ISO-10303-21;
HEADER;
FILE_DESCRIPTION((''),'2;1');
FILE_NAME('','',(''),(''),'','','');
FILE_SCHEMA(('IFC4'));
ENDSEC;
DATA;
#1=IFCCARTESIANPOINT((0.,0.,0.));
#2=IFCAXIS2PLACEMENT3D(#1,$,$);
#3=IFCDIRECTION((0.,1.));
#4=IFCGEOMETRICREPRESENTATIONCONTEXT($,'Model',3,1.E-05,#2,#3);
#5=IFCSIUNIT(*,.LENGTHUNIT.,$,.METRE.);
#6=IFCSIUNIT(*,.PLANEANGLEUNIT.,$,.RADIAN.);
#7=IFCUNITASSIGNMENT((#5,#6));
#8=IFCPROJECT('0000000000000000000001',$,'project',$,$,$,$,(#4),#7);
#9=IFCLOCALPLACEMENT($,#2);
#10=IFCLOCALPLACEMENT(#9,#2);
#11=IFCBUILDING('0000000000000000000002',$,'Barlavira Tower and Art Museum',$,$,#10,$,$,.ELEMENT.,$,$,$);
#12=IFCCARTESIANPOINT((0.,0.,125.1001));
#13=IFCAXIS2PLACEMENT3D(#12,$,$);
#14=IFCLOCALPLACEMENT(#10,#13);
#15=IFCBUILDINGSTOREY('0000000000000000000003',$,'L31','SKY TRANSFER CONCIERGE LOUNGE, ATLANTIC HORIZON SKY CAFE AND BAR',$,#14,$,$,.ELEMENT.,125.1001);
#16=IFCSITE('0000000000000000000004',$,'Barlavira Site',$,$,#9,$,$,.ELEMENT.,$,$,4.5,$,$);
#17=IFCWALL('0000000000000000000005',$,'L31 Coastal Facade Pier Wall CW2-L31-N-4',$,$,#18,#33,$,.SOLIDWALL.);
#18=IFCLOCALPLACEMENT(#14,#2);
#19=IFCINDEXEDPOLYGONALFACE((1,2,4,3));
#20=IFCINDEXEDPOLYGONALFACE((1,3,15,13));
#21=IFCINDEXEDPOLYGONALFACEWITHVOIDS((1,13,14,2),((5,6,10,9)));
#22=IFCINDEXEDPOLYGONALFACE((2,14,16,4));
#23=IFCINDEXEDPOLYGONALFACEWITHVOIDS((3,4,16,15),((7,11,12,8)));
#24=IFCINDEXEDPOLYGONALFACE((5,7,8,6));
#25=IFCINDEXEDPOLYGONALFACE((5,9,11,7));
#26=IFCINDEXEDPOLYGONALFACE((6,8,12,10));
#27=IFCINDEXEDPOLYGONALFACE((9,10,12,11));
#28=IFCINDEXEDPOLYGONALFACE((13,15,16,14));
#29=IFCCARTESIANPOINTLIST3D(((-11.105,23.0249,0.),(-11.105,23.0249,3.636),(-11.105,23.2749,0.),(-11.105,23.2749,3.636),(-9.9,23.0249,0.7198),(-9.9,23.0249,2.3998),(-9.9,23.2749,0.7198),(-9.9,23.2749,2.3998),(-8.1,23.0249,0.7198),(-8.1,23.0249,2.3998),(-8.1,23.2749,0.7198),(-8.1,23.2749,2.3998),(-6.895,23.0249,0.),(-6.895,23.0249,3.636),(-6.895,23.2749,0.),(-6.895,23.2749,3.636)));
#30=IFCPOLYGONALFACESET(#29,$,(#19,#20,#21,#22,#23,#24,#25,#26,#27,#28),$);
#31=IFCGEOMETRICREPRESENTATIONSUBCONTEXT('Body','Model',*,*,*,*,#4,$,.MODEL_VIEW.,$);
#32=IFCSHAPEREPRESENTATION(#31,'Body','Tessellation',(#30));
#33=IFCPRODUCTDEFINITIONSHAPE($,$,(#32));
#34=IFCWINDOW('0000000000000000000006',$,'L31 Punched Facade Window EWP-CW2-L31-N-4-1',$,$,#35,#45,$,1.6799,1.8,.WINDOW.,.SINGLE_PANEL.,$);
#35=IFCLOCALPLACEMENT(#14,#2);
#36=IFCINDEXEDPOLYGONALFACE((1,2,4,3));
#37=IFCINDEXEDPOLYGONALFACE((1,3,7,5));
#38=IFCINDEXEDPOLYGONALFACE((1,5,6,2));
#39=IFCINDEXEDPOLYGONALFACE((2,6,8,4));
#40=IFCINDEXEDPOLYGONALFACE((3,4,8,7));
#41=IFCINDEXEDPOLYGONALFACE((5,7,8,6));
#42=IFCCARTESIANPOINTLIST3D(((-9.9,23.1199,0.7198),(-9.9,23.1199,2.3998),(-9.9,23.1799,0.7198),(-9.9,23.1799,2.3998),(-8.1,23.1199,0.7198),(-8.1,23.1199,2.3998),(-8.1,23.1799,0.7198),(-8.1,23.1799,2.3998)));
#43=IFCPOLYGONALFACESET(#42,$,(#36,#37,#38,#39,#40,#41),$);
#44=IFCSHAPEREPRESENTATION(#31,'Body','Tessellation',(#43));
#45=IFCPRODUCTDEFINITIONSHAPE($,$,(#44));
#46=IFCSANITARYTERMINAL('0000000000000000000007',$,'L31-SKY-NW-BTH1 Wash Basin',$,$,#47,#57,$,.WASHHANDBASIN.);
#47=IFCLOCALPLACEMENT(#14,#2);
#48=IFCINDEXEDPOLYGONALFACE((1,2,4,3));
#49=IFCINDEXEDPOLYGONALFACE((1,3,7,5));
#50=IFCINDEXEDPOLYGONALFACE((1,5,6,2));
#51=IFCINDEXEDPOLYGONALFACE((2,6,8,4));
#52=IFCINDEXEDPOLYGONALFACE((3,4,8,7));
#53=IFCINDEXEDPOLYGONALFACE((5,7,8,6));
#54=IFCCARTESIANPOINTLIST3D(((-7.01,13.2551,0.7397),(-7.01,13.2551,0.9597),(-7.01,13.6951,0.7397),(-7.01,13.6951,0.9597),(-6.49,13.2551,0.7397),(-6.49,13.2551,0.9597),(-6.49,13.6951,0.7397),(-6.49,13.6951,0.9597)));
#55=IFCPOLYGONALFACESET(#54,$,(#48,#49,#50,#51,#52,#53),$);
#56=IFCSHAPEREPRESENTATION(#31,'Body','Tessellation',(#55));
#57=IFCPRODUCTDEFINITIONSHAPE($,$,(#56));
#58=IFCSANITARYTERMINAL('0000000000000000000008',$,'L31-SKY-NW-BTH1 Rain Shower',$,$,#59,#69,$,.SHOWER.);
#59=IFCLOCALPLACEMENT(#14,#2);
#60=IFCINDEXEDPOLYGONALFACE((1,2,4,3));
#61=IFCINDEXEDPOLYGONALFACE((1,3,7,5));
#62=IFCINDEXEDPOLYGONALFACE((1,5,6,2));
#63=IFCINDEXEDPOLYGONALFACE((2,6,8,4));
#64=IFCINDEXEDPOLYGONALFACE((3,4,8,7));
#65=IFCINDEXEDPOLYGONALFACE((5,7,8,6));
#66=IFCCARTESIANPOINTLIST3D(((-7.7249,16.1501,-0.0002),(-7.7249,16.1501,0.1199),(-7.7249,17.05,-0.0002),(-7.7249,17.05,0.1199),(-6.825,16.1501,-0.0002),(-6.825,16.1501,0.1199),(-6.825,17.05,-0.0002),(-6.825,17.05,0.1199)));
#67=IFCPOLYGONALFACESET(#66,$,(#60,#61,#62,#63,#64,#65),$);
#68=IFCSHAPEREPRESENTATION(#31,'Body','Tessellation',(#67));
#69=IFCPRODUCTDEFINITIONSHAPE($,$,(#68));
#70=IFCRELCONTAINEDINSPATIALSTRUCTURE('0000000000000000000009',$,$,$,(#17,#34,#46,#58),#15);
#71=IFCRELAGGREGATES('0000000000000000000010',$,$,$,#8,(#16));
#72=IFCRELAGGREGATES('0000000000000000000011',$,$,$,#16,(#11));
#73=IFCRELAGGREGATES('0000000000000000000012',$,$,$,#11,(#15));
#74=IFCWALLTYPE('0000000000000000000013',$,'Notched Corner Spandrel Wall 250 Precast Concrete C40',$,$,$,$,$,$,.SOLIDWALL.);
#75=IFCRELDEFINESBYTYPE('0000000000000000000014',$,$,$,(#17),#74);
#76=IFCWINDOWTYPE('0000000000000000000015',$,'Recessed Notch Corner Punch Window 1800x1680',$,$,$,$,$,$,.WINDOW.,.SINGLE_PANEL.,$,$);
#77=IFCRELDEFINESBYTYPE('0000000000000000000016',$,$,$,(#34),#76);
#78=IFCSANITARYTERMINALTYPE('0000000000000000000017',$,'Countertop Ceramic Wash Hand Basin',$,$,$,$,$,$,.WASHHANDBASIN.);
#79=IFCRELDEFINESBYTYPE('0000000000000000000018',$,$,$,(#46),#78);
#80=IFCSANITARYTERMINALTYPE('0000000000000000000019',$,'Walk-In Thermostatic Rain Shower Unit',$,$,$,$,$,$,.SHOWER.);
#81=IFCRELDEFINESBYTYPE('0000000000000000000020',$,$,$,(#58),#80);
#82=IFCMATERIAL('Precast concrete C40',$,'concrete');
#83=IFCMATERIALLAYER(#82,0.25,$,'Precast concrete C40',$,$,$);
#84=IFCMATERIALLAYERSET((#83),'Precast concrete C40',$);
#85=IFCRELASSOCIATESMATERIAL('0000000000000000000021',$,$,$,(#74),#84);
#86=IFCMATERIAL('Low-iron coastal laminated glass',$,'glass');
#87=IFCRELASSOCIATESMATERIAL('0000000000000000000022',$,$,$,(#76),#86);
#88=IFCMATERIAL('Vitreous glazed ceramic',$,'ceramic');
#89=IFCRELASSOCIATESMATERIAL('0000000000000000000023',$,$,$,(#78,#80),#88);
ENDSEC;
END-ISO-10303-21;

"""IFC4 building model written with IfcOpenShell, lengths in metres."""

from ifc_helpers import new_model, si_unit, direction, frame, frame_2d, origin, origin_2d, place, context, subcontext, project, spatial, rectangle, extrude, material, layer, layer_set, type_object, element, fill, save


model = new_model("IFC4")

# Units and contexts
model_context = context("Model", 3, precision=1e-05, world=origin(), true_north=direction((0.0, 1.0)))
body_context = subcontext(model_context, "Body", "Model", "MODEL_VIEW")
ifc_project = project(units=[si_unit("LENGTHUNIT", "METRE"), si_unit("PLANEANGLEUNIT", "RADIAN")], contexts=[model_context])

# Site, building, storey
site_placement = place(None, origin())
site = spatial("IfcSite", under=ifc_project, at=site_placement, Name="Barlavira Site", CompositionType="ELEMENT", RefElevation=4.5)
building_placement = place(site_placement, origin())
building = spatial("IfcBuilding", under=site, at=building_placement, Name="Barlavira Tower and Art Museum", CompositionType="ELEMENT")
storey_placement = place(building_placement, frame((0.0, 0.0, 125.1001)))
storey = spatial("IfcBuildingStorey", under=building, at=storey_placement, Name="L31", Description="SKY TRANSFER CONCIERGE LOUNGE, ATLANTIC HORIZON SKY CAFE AND BAR", CompositionType="ELEMENT", Elevation=125.1001)

# Shared definitions
ifc_material_1 = material(Name="Low-iron coastal laminated glass", Category="glass")

# Wall, opening, window
ifc_material_2 = material(Name="Precast concrete C40", Category="concrete")
ifc_layer_1 = layer(ifc_material_2, 0.25, Name="Precast concrete C40")
ifc_layer_set_1 = layer_set([ifc_layer_1], Name="Precast concrete C40")
wall_type_1 = type_object("IfcWallType", Name="Notched Corner Spandrel Wall 250 Precast Concrete C40", PredefinedType="SOLIDWALL", material=ifc_layer_set_1)
wall_1_placement = place(storey_placement, frame((-6.895, 23.1499, 0.0), z_axis=(0.0, 0.0, 1.0), x_axis=(-1.0, 0.0, 0.0)))
wall_1 = element("IfcWall", 1, at=wall_1_placement, inside=storey, type_object=wall_type_1, Name="L31 Coastal Facade Pier Wall CW2-L31-N-4", PredefinedType="SOLIDWALL", context=body_context, shape_type="SweptSolid", body=[
    extrude(rectangle(XDim=4.21, YDim=0.25, at=frame_2d((2.105, 0.0))), origin(), (0.0, 0.0, 1.0), 3.636),
])
opening_1_placement = place(wall_1_placement, frame((1.2051, 0.0, 0.72)))
opening_1 = element("IfcOpeningElement", 2, at=opening_1_placement, cuts=wall_1, PredefinedType="OPENING", context=body_context, shape_type="SweptSolid", body=[
    extrude(rectangle(XDim=1.8, YDim=1.6799, at=frame_2d((0.8999, 0.8398))), frame((0.0, 0.135, 0.0), z_axis=(0.0, -1.0, 0.0), x_axis=(1.0, 0.0, 0.0)), (0.0, 0.0, 1.0), 0.27),
])
window_type = type_object("IfcWindowType", Name="Recessed Notch Corner Punch Window 1800x1680", PartitioningType="SINGLE_PANEL", PredefinedType="WINDOW", material=ifc_material_1)
window_placement = place(opening_1_placement, origin())
window = element("IfcWindow", 3, at=window_placement, inside=storey, type_object=window_type, Name="L31 Punched Facade Window EWP-CW2-L31-N-4-1", OverallHeight=1.6799, OverallWidth=1.8, PartitioningType="SINGLE_PANEL", PredefinedType="WINDOW", context=body_context, shape_type="SweptSolid", body=[
    extrude(rectangle(XDim=1.8, YDim=1.6799, at=frame_2d((0.8999, 0.8398))), frame((0.0, 0.03, 0.0), z_axis=(0.0, -1.0, 0.0), x_axis=(1.0, 0.0, 0.0)), (0.0, 0.0, 1.0), 0.0601),
])
fill(opening_1, window)

# Sanitary terminals
ifc_material_3 = material(Name="Vitreous glazed ceramic", Category="ceramic")
sanitary_terminal_type_1 = type_object("IfcSanitaryTerminalType", Name="Countertop Ceramic Wash Hand Basin", PredefinedType="WASHHANDBASIN", material=ifc_material_3)
sanitary_terminal_1_placement = place(storey_placement, frame((-6.75, 13.4751, 0.7397), z_axis=(0.0, 0.0, 1.0), x_axis=(1.0, 0.0, 0.0)))
element("IfcSanitaryTerminal", 4, at=sanitary_terminal_1_placement, inside=storey, type_object=sanitary_terminal_type_1, Name="L31-SKY-NW-BTH1 Wash Basin", PredefinedType="WASHHANDBASIN", context=body_context, shape_type="SweptSolid", body=[
    extrude(rectangle(XDim=0.52, YDim=0.4399, at=origin_2d()), origin(), (0.0, 0.0, 1.0), 0.22),
])
sanitary_terminal_type_2 = type_object("IfcSanitaryTerminalType", Name="Walk-In Thermostatic Rain Shower Unit", PredefinedType="SHOWER", material=ifc_material_3)
sanitary_terminal_2_placement = place(storey_placement, frame((-7.2749, 16.6001, -0.0002), z_axis=(0.0, 0.0, 1.0), x_axis=(1.0, 0.0, 0.0)))
element("IfcSanitaryTerminal", 5, at=sanitary_terminal_2_placement, inside=storey, type_object=sanitary_terminal_type_2, Name="L31-SKY-NW-BTH1 Rain Shower", PredefinedType="SHOWER", context=body_context, shape_type="SweptSolid", body=[
    extrude(rectangle(XDim=0.8999, YDim=0.8999, at=origin_2d()), origin(), (0.0, 0.0, 1.0), 0.1201),
])

save(model, "model.ifc")
